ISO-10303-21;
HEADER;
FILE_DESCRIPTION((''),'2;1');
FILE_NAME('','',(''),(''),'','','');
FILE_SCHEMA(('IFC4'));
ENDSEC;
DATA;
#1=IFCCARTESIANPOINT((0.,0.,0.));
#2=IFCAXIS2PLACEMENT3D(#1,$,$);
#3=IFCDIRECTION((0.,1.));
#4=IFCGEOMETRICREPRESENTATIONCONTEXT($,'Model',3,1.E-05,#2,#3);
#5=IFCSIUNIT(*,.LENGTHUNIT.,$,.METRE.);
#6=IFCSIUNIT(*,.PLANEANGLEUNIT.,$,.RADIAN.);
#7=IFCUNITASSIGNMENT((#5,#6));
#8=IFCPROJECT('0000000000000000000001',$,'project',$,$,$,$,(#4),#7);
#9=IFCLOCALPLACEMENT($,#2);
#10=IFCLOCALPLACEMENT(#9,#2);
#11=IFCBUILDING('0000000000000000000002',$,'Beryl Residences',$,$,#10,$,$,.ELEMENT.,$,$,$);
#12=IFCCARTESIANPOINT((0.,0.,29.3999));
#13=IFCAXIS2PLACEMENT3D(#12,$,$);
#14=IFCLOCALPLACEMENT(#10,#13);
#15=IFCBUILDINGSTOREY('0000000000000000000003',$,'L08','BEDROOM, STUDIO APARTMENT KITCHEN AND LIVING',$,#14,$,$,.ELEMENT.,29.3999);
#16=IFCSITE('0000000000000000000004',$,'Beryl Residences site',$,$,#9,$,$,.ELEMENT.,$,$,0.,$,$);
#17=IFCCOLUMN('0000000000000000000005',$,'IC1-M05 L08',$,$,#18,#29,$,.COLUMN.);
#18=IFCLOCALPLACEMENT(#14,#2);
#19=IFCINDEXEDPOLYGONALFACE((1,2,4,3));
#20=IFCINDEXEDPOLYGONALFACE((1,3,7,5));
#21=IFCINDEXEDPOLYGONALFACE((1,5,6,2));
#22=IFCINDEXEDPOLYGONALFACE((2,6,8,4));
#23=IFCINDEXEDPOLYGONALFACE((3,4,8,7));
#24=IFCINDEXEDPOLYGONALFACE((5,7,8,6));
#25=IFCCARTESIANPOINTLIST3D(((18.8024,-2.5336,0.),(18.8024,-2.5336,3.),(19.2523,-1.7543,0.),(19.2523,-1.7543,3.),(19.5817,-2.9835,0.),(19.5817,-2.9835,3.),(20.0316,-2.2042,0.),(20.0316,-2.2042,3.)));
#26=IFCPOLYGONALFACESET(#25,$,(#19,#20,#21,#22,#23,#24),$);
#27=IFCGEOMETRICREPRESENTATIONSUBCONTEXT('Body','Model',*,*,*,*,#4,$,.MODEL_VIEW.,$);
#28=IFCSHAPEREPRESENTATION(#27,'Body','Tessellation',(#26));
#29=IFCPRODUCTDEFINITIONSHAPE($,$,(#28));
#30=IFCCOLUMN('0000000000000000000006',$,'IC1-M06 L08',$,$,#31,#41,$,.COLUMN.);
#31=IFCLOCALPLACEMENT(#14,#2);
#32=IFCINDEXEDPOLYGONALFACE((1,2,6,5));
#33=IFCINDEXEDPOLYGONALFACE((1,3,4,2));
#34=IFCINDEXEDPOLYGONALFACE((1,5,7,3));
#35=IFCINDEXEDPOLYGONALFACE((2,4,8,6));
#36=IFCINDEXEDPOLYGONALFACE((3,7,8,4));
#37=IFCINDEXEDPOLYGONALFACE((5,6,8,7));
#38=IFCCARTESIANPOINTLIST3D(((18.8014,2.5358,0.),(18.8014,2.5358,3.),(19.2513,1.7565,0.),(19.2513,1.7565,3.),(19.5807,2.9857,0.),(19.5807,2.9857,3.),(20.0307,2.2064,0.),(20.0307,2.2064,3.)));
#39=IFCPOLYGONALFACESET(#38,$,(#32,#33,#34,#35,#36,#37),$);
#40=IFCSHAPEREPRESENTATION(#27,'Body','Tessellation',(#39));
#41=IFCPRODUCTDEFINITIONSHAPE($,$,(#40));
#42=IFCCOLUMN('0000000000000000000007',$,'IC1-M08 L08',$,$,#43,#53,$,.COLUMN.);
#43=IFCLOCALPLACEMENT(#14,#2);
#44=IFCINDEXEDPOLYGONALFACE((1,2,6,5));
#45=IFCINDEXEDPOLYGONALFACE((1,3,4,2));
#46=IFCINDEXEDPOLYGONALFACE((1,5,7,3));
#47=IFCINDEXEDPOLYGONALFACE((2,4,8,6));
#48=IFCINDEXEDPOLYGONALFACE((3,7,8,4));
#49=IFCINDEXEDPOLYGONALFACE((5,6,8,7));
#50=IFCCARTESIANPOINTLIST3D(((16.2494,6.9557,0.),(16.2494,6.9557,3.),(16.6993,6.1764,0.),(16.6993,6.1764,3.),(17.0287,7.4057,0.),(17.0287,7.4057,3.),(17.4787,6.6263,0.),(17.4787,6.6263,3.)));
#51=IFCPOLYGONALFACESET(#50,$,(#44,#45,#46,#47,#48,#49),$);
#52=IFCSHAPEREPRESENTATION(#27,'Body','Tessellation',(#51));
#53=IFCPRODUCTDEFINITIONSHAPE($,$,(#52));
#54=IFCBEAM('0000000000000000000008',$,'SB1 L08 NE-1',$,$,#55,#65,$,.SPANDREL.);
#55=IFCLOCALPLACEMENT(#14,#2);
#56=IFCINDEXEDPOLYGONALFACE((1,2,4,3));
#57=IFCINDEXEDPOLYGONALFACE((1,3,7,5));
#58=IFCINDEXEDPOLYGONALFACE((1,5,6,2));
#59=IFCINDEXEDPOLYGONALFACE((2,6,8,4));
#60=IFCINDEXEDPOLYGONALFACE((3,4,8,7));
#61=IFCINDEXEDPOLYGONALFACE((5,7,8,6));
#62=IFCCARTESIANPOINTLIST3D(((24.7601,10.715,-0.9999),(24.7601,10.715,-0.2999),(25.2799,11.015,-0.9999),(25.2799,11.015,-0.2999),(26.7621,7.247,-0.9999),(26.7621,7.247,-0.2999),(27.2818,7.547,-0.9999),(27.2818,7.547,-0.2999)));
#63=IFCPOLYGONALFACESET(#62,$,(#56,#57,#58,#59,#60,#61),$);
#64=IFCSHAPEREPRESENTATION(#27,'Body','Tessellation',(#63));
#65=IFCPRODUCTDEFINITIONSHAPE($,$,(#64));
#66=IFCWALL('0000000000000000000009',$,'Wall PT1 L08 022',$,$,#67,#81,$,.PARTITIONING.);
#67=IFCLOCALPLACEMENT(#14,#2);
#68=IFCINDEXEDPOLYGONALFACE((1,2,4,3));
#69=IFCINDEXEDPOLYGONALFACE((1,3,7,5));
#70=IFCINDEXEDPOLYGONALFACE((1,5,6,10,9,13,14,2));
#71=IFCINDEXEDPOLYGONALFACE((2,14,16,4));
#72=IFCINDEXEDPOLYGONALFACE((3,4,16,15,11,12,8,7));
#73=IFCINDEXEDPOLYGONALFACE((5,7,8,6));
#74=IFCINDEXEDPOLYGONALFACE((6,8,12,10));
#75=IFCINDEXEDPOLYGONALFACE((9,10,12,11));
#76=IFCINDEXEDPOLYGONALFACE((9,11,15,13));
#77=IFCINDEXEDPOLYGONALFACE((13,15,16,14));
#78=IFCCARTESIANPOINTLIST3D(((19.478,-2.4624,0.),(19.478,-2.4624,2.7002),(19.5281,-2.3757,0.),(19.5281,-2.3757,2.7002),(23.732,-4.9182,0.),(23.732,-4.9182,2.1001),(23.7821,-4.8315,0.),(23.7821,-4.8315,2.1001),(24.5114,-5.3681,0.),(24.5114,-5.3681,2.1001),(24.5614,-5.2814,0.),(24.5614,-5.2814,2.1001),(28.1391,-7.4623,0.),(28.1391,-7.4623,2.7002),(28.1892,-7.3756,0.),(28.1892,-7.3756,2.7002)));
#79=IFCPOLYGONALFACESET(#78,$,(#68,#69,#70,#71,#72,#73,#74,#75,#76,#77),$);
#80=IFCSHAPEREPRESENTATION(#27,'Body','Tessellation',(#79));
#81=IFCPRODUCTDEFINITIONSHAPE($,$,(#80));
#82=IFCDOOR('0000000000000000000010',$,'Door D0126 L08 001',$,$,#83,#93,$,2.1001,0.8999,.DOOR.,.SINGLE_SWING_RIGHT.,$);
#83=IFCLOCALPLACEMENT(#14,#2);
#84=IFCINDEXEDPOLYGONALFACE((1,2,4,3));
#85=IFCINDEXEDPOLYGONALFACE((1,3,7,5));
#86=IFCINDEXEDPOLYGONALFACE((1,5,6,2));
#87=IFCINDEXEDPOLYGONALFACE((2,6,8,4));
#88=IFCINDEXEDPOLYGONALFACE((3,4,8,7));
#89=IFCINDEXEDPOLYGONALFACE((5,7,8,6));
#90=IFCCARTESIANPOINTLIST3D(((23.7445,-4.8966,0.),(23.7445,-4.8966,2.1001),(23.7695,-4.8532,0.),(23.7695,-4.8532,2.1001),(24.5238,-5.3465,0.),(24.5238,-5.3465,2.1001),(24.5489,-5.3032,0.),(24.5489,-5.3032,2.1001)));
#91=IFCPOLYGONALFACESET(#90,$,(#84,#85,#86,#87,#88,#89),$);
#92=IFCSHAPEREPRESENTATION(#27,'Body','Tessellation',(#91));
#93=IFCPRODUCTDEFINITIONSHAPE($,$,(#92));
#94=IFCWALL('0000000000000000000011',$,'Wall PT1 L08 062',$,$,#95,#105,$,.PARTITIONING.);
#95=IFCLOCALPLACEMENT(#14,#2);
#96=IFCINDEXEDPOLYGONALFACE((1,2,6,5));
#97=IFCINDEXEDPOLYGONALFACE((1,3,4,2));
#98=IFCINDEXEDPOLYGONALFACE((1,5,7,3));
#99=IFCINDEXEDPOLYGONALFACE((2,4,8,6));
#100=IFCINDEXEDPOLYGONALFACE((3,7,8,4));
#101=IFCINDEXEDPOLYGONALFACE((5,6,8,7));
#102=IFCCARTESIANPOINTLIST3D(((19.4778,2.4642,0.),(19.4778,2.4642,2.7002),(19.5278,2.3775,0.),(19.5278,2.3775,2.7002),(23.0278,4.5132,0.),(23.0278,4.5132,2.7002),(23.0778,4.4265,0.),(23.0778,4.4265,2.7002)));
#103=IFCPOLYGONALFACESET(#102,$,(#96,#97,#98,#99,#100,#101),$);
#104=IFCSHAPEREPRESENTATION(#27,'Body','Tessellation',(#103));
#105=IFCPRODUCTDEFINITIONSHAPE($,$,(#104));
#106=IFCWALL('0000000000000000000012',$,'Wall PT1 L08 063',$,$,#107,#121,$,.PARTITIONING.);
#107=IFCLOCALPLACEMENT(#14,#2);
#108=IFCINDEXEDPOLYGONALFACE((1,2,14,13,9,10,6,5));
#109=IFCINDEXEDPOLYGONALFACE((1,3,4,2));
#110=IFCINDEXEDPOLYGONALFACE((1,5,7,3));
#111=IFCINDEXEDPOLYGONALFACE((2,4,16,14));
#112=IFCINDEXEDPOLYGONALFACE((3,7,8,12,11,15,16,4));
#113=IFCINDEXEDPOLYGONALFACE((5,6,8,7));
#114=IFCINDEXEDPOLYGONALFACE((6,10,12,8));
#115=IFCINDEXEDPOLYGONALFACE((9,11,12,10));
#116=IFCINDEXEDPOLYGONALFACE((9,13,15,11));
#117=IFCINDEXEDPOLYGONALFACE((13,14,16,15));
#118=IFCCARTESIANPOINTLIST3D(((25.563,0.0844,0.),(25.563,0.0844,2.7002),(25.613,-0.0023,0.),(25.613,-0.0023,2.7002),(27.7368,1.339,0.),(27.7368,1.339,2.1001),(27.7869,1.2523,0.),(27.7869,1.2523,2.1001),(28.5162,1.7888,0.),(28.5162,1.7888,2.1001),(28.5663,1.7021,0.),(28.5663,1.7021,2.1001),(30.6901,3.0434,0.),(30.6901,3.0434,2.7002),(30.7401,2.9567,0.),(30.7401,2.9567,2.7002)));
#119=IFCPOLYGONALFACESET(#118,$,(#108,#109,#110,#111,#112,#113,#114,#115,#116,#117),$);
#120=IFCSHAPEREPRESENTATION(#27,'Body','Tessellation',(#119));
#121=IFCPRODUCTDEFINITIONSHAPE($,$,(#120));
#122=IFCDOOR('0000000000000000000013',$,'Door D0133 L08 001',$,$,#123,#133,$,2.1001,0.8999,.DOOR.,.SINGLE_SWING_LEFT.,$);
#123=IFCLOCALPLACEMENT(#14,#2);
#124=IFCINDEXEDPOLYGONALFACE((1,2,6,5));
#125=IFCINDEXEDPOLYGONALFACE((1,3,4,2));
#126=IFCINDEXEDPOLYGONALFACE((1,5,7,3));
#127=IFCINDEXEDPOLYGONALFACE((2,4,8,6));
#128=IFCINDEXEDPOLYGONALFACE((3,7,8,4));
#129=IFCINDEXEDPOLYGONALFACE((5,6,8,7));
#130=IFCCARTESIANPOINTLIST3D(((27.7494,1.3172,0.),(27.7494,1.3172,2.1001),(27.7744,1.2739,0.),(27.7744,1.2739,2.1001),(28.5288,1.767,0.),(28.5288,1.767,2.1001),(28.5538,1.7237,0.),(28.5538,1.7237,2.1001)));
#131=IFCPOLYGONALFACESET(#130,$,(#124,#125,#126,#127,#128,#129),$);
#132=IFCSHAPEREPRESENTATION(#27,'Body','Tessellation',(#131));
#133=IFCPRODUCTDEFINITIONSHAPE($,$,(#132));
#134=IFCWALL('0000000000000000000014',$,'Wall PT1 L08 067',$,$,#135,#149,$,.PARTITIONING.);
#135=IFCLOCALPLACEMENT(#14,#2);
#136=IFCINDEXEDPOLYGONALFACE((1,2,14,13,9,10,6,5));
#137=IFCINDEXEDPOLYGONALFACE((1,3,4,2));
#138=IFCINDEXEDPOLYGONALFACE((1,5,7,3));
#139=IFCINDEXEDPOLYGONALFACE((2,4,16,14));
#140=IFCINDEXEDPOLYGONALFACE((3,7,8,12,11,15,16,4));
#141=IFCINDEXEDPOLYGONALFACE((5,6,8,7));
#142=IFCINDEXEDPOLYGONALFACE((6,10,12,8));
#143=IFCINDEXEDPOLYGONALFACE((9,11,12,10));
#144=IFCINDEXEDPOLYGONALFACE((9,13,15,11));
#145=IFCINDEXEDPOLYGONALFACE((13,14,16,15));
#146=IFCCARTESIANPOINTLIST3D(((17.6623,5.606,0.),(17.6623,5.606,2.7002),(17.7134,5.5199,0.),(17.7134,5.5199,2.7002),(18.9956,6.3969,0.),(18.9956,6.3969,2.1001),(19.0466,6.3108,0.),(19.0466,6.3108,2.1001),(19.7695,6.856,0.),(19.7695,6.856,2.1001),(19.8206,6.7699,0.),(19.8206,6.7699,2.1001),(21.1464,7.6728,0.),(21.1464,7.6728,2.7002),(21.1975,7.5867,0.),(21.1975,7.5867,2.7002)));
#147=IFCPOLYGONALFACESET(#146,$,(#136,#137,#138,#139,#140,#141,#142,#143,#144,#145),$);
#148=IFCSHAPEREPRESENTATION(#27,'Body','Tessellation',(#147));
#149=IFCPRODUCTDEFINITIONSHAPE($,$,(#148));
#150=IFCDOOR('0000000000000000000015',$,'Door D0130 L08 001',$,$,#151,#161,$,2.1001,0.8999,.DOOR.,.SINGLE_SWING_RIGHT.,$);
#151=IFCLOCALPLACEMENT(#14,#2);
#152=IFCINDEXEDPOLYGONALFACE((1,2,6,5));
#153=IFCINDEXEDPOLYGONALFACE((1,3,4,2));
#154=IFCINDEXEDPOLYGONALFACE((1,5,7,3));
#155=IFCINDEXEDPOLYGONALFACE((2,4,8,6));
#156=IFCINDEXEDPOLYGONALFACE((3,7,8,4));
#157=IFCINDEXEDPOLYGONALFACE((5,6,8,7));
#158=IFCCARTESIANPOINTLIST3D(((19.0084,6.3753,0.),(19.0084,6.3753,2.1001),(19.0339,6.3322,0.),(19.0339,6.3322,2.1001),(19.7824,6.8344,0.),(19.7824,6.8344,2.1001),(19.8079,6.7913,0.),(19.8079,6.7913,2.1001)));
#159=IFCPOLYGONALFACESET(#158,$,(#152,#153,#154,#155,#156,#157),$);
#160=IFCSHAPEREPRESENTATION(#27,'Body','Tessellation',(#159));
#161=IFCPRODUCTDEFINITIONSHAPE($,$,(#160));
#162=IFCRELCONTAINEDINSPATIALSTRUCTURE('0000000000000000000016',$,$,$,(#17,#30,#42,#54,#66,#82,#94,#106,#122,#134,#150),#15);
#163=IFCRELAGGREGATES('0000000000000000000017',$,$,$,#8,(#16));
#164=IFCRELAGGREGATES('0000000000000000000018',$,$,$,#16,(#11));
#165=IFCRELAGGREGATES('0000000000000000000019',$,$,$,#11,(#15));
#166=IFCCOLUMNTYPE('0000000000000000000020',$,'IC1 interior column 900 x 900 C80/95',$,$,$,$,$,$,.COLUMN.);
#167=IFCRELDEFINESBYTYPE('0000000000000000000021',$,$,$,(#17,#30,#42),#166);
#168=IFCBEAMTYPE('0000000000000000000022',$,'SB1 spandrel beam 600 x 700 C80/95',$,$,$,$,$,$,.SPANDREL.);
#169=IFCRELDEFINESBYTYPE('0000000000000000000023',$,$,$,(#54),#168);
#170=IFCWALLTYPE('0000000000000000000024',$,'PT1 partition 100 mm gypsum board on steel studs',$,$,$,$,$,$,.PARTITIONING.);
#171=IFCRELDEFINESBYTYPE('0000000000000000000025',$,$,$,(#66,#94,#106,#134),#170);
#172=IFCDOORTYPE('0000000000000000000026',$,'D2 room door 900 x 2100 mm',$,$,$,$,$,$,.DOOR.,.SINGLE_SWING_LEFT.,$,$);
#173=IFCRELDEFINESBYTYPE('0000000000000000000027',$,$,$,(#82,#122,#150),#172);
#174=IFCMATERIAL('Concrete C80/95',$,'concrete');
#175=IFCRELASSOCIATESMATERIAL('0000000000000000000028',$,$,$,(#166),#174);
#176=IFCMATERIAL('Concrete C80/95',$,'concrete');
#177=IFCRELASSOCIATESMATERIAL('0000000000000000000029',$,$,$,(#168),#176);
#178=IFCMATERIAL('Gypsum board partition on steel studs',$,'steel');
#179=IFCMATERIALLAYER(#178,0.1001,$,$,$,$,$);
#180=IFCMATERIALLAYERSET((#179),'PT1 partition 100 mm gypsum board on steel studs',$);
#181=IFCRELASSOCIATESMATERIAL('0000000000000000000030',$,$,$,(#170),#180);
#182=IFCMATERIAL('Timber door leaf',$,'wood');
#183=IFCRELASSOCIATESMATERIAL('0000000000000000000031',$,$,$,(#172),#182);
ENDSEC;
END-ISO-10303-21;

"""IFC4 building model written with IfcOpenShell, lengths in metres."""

from ifc_helpers import new_model, si_unit, direction, frame, frame_2d, origin, origin_2d, place, context, subcontext, project, spatial, rectangle, extrude, material, layer, layer_set, material_profile, profile_set, type_object, element, fill, save


model = new_model("IFC4")

# Units and contexts
model_context = context("Model", 3, precision=1e-05, world=origin(), true_north=direction((0.0, 1.0)))
body_context = subcontext(model_context, "Body", "Model", "MODEL_VIEW")
ifc_project = project(units=[si_unit("LENGTHUNIT", "METRE"), si_unit("PLANEANGLEUNIT", "RADIAN")], contexts=[model_context])

# Site, building, storey
site_placement = place(None, origin())
site = spatial("IfcSite", under=ifc_project, at=site_placement, Name="Beryl Residences site", CompositionType="ELEMENT", RefElevation=0.0)
building_placement = place(site_placement, origin())
building = spatial("IfcBuilding", under=site, at=building_placement, Name="Beryl Residences", CompositionType="ELEMENT")
storey_placement = place(building_placement, frame((0.0, 0.0, 29.3999)))
storey = spatial("IfcBuildingStorey", under=building, at=storey_placement, Name="L08", Description="BEDROOM, STUDIO APARTMENT KITCHEN AND LIVING", CompositionType="ELEMENT", Elevation=29.3999)

# Columns
ifc_material_1 = material(Name="Concrete C80/95", Category="concrete")
ifc_material_profile_1 = material_profile(ifc_material_1, rectangle(XDim=0.8999, YDim=0.8999, at=origin_2d()))
ifc_profile_set_1 = profile_set([ifc_material_profile_1], Name="Concrete C80/95")
column_type = type_object("IfcColumnType", Name="IC1 interior column 900 x 900 C80/95", PredefinedType="COLUMN", material=ifc_profile_set_1)
for number, where, z_axis, x_axis, name in (
    (1, (19.417, -2.3689, 0.0), (0.0, 0.0, 1.0), (0.499985, 0.866034, 0.0), "IC1-M05 L08"),
    (2, (19.416, 2.3711, 0.0), (0.0, 0.0, 1.0), (-0.499985, 0.866034, 0.0), "IC1-M06 L08"),
    (3, (16.864, 6.791, 0.0), (0.0, 0.0, 1.0), (-0.499985, 0.866034, 0.0), "IC1-M08 L08"),
):
    element("IfcColumn", number, at=place(storey_placement, frame(where, z_axis=z_axis, x_axis=x_axis)), inside=storey, type_object=column_type, Name=name, PredefinedType="COLUMN", context=body_context, shape_type="SweptSolid", body=[
        extrude(rectangle(XDim=0.8999, YDim=0.8999, at=origin_2d()), origin(), (0.0, 0.0, 1.0), 3.0),
    ])

# Beam
ifc_material_2 = material(Name="Concrete C80/95", Category="concrete")
ifc_material_profile_2 = material_profile(ifc_material_2, rectangle(XDim=0.6001, YDim=0.7, at=origin_2d()))
ifc_profile_set_2 = profile_set([ifc_material_profile_2], Name="Concrete C80/95")
beam_type = type_object("IfcBeamType", Name="SB1 spandrel beam 600 x 700 C80/95", PredefinedType="SPANDREL", material=ifc_profile_set_2)
beam_placement = place(storey_placement, frame((27.022, 7.397, -0.6499), z_axis=(-0.499942, 0.866059, 0.0), x_axis=(-0.866059, -0.499942, 0.0)))
element("IfcBeam", 4, at=beam_placement, inside=storey, type_object=beam_type, Name="SB1 L08 NE-1", PredefinedType="SPANDREL", context=body_context, shape_type="SweptSolid", body=[
    extrude(rectangle(XDim=0.6001, YDim=0.7, at=origin_2d()), origin(), (0.0, 0.0, 1.0), 4.0044),
])

# Wall, opening, door
ifc_material_3 = material(Name="Gypsum board partition on steel studs", Category="steel")
ifc_layer_1 = layer(ifc_material_3, 0.1001)
ifc_layer_set_1 = layer_set([ifc_layer_1], Name="PT1 partition 100 mm gypsum board on steel studs")
wall_type_1 = type_object("IfcWallType", Name="PT1 partition 100 mm gypsum board on steel studs", PredefinedType="PARTITIONING", material=ifc_layer_set_1)
wall_1_placement = place(storey_placement, frame((19.5029, -2.4189, 0.0), z_axis=(0.0, 0.0, 1.0), x_axis=(0.866047, -0.499962, 0.0)))
wall_1 = element("IfcWall", 5, at=wall_1_placement, inside=storey, type_object=wall_type_1, Name="Wall PT1 L08 022", PredefinedType="PARTITIONING", context=body_context, shape_type="SweptSolid", body=[
    extrude(rectangle(XDim=10.0007, YDim=0.1001, at=frame_2d((5.0005, 0.0))), origin(), (0.0, 0.0, 1.0), 2.7002),
])
opening_1_placement = place(wall_1_placement, frame((4.9121, 0.0, 0.0)))
opening_1 = element("IfcOpeningElement", 6, at=opening_1_placement, cuts=wall_1, PredefinedType="OPENING", context=body_context, shape_type="SweptSolid", body=[
    extrude(rectangle(XDim=0.8999, YDim=2.1001, at=frame_2d((0.45, 1.05))), frame((0.0, 0.0601, 0.0), z_axis=(0.0, -1.0, 0.0), x_axis=(1.0, 0.0, 0.0)), (0.0, 0.0, 1.0), 0.1201),
])
ifc_material_4 = material(Name="Timber door leaf", Category="wood")
door_type_1 = type_object("IfcDoorType", Name="D2 room door 900 x 2100 mm", OperationType="SINGLE_SWING_LEFT", PredefinedType="DOOR", material=ifc_material_4)
door_1_placement = place(opening_1_placement, origin())
door_1 = element("IfcDoor", 7, at=door_1_placement, inside=storey, type_object=door_type_1, Name="Door D0126 L08 001", OperationType="SINGLE_SWING_RIGHT", OverallHeight=2.1001, OverallWidth=0.8999, PredefinedType="DOOR", context=body_context, shape_type="SweptSolid", body=[
    extrude(rectangle(XDim=0.8999, YDim=2.1001, at=frame_2d((0.45, 1.05))), frame((0.0, 0.0249, 0.0), z_axis=(0.0, -1.0, 0.0), x_axis=(1.0, 0.0, 0.0)), (0.0, 0.0, 1.0), 0.05),
])
fill(opening_1, door_1)

# Wall
wall_2_placement = place(storey_placement, frame((19.5029, 2.4209, 0.0), z_axis=(0.0, 0.0, 1.0), x_axis=(0.866083, 0.499899, 0.0)))
element("IfcWall", 8, at=wall_2_placement, inside=storey, type_object=wall_type_1, Name="Wall PT1 L08 062", PredefinedType="PARTITIONING", context=body_context, shape_type="SweptSolid", body=[
    extrude(rectangle(XDim=4.0989, YDim=0.1001, at=frame_2d((2.0493, 0.0))), origin(), (0.0, 0.0, 1.0), 2.7002),
])

# Walls, openings, doors
wall_3_placement = place(storey_placement, frame((25.5879, 0.041, 0.0), z_axis=(0.0, 0.0, 1.0), x_axis=(0.866113, 0.499847, 0.0)))
wall_3 = element("IfcWall", 9, at=wall_3_placement, inside=storey, type_object=wall_type_1, Name="Wall PT1 L08 063", PredefinedType="PARTITIONING", context=body_context, shape_type="SweptSolid", body=[
    extrude(rectangle(XDim=5.9197, YDim=0.1001, at=frame_2d((2.96, 0.0))), origin(), (0.0, 0.0, 1.0), 2.7002),
])
opening_2_placement = place(wall_3_placement, frame((2.51, 0.0, 0.0)))
opening_2 = element("IfcOpeningElement", 10, at=opening_2_placement, cuts=wall_3, PredefinedType="OPENING", context=body_context, shape_type="SweptSolid", body=[
    extrude(rectangle(XDim=0.8999, YDim=2.1001, at=frame_2d((0.45, 1.05))), frame((0.0, 0.0601, 0.0), z_axis=(0.0, -1.0, 0.0), x_axis=(1.0, 0.0, 0.0)), (0.0, 0.0, 1.0), 0.1201),
])
door_2_placement = place(opening_2_placement, origin())
door_2 = element("IfcDoor", 11, at=door_2_placement, inside=storey, type_object=door_type_1, Name="Door D0133 L08 001", OperationType="SINGLE_SWING_LEFT", OverallHeight=2.1001, OverallWidth=0.8999, PredefinedType="DOOR", context=body_context, shape_type="SweptSolid", body=[
    extrude(rectangle(XDim=0.8999, YDim=2.1001, at=frame_2d((0.45, 1.05))), frame((0.0, 0.0249, 0.0), z_axis=(0.0, -1.0, 0.0), x_axis=(1.0, 0.0, 0.0)), (0.0, 0.0, 1.0), 0.05),
])
fill(opening_2, door_2)
wall_4_placement = place(storey_placement, frame((17.688, 5.563, 0.0), z_axis=(0.0, 0.0, 1.0), x_axis=(0.860051, 0.510209, 0.0)))
wall_4 = element("IfcWall", 12, at=wall_4_placement, inside=storey, type_object=wall_type_1, Name="Wall PT1 L08 067", PredefinedType="PARTITIONING", context=body_context, shape_type="SweptSolid", body=[
    extrude(rectangle(XDim=4.051, YDim=0.1001, at=frame_2d((2.0254, 0.0))), origin(), (0.0, 0.0, 1.0), 2.7002),
])
opening_3_placement = place(wall_4_placement, frame((1.55, 0.0, 0.0)))
opening_3 = element("IfcOpeningElement", 13, at=opening_3_placement, cuts=wall_4, PredefinedType="OPENING", context=body_context, shape_type="SweptSolid", body=[
    extrude(rectangle(XDim=0.8999, YDim=2.1001, at=frame_2d((0.45, 1.05))), frame((0.0, 0.0601, 0.0), z_axis=(0.0, -1.0, 0.0), x_axis=(1.0, 0.0, 0.0)), (0.0, 0.0, 1.0), 0.1201),
])
door_3_placement = place(opening_3_placement, origin())
door_3 = element("IfcDoor", 14, at=door_3_placement, inside=storey, type_object=door_type_1, Name="Door D0130 L08 001", OperationType="SINGLE_SWING_RIGHT", OverallHeight=2.1001, OverallWidth=0.8999, PredefinedType="DOOR", context=body_context, shape_type="SweptSolid", body=[
    extrude(rectangle(XDim=0.8999, YDim=2.1001, at=frame_2d((0.45, 1.05))), frame((0.0, 0.0249, 0.0), z_axis=(0.0, -1.0, 0.0), x_axis=(1.0, 0.0, 0.0)), (0.0, 0.0, 1.0), 0.05),
])
fill(opening_3, door_3)

save(model, "model.ifc")
